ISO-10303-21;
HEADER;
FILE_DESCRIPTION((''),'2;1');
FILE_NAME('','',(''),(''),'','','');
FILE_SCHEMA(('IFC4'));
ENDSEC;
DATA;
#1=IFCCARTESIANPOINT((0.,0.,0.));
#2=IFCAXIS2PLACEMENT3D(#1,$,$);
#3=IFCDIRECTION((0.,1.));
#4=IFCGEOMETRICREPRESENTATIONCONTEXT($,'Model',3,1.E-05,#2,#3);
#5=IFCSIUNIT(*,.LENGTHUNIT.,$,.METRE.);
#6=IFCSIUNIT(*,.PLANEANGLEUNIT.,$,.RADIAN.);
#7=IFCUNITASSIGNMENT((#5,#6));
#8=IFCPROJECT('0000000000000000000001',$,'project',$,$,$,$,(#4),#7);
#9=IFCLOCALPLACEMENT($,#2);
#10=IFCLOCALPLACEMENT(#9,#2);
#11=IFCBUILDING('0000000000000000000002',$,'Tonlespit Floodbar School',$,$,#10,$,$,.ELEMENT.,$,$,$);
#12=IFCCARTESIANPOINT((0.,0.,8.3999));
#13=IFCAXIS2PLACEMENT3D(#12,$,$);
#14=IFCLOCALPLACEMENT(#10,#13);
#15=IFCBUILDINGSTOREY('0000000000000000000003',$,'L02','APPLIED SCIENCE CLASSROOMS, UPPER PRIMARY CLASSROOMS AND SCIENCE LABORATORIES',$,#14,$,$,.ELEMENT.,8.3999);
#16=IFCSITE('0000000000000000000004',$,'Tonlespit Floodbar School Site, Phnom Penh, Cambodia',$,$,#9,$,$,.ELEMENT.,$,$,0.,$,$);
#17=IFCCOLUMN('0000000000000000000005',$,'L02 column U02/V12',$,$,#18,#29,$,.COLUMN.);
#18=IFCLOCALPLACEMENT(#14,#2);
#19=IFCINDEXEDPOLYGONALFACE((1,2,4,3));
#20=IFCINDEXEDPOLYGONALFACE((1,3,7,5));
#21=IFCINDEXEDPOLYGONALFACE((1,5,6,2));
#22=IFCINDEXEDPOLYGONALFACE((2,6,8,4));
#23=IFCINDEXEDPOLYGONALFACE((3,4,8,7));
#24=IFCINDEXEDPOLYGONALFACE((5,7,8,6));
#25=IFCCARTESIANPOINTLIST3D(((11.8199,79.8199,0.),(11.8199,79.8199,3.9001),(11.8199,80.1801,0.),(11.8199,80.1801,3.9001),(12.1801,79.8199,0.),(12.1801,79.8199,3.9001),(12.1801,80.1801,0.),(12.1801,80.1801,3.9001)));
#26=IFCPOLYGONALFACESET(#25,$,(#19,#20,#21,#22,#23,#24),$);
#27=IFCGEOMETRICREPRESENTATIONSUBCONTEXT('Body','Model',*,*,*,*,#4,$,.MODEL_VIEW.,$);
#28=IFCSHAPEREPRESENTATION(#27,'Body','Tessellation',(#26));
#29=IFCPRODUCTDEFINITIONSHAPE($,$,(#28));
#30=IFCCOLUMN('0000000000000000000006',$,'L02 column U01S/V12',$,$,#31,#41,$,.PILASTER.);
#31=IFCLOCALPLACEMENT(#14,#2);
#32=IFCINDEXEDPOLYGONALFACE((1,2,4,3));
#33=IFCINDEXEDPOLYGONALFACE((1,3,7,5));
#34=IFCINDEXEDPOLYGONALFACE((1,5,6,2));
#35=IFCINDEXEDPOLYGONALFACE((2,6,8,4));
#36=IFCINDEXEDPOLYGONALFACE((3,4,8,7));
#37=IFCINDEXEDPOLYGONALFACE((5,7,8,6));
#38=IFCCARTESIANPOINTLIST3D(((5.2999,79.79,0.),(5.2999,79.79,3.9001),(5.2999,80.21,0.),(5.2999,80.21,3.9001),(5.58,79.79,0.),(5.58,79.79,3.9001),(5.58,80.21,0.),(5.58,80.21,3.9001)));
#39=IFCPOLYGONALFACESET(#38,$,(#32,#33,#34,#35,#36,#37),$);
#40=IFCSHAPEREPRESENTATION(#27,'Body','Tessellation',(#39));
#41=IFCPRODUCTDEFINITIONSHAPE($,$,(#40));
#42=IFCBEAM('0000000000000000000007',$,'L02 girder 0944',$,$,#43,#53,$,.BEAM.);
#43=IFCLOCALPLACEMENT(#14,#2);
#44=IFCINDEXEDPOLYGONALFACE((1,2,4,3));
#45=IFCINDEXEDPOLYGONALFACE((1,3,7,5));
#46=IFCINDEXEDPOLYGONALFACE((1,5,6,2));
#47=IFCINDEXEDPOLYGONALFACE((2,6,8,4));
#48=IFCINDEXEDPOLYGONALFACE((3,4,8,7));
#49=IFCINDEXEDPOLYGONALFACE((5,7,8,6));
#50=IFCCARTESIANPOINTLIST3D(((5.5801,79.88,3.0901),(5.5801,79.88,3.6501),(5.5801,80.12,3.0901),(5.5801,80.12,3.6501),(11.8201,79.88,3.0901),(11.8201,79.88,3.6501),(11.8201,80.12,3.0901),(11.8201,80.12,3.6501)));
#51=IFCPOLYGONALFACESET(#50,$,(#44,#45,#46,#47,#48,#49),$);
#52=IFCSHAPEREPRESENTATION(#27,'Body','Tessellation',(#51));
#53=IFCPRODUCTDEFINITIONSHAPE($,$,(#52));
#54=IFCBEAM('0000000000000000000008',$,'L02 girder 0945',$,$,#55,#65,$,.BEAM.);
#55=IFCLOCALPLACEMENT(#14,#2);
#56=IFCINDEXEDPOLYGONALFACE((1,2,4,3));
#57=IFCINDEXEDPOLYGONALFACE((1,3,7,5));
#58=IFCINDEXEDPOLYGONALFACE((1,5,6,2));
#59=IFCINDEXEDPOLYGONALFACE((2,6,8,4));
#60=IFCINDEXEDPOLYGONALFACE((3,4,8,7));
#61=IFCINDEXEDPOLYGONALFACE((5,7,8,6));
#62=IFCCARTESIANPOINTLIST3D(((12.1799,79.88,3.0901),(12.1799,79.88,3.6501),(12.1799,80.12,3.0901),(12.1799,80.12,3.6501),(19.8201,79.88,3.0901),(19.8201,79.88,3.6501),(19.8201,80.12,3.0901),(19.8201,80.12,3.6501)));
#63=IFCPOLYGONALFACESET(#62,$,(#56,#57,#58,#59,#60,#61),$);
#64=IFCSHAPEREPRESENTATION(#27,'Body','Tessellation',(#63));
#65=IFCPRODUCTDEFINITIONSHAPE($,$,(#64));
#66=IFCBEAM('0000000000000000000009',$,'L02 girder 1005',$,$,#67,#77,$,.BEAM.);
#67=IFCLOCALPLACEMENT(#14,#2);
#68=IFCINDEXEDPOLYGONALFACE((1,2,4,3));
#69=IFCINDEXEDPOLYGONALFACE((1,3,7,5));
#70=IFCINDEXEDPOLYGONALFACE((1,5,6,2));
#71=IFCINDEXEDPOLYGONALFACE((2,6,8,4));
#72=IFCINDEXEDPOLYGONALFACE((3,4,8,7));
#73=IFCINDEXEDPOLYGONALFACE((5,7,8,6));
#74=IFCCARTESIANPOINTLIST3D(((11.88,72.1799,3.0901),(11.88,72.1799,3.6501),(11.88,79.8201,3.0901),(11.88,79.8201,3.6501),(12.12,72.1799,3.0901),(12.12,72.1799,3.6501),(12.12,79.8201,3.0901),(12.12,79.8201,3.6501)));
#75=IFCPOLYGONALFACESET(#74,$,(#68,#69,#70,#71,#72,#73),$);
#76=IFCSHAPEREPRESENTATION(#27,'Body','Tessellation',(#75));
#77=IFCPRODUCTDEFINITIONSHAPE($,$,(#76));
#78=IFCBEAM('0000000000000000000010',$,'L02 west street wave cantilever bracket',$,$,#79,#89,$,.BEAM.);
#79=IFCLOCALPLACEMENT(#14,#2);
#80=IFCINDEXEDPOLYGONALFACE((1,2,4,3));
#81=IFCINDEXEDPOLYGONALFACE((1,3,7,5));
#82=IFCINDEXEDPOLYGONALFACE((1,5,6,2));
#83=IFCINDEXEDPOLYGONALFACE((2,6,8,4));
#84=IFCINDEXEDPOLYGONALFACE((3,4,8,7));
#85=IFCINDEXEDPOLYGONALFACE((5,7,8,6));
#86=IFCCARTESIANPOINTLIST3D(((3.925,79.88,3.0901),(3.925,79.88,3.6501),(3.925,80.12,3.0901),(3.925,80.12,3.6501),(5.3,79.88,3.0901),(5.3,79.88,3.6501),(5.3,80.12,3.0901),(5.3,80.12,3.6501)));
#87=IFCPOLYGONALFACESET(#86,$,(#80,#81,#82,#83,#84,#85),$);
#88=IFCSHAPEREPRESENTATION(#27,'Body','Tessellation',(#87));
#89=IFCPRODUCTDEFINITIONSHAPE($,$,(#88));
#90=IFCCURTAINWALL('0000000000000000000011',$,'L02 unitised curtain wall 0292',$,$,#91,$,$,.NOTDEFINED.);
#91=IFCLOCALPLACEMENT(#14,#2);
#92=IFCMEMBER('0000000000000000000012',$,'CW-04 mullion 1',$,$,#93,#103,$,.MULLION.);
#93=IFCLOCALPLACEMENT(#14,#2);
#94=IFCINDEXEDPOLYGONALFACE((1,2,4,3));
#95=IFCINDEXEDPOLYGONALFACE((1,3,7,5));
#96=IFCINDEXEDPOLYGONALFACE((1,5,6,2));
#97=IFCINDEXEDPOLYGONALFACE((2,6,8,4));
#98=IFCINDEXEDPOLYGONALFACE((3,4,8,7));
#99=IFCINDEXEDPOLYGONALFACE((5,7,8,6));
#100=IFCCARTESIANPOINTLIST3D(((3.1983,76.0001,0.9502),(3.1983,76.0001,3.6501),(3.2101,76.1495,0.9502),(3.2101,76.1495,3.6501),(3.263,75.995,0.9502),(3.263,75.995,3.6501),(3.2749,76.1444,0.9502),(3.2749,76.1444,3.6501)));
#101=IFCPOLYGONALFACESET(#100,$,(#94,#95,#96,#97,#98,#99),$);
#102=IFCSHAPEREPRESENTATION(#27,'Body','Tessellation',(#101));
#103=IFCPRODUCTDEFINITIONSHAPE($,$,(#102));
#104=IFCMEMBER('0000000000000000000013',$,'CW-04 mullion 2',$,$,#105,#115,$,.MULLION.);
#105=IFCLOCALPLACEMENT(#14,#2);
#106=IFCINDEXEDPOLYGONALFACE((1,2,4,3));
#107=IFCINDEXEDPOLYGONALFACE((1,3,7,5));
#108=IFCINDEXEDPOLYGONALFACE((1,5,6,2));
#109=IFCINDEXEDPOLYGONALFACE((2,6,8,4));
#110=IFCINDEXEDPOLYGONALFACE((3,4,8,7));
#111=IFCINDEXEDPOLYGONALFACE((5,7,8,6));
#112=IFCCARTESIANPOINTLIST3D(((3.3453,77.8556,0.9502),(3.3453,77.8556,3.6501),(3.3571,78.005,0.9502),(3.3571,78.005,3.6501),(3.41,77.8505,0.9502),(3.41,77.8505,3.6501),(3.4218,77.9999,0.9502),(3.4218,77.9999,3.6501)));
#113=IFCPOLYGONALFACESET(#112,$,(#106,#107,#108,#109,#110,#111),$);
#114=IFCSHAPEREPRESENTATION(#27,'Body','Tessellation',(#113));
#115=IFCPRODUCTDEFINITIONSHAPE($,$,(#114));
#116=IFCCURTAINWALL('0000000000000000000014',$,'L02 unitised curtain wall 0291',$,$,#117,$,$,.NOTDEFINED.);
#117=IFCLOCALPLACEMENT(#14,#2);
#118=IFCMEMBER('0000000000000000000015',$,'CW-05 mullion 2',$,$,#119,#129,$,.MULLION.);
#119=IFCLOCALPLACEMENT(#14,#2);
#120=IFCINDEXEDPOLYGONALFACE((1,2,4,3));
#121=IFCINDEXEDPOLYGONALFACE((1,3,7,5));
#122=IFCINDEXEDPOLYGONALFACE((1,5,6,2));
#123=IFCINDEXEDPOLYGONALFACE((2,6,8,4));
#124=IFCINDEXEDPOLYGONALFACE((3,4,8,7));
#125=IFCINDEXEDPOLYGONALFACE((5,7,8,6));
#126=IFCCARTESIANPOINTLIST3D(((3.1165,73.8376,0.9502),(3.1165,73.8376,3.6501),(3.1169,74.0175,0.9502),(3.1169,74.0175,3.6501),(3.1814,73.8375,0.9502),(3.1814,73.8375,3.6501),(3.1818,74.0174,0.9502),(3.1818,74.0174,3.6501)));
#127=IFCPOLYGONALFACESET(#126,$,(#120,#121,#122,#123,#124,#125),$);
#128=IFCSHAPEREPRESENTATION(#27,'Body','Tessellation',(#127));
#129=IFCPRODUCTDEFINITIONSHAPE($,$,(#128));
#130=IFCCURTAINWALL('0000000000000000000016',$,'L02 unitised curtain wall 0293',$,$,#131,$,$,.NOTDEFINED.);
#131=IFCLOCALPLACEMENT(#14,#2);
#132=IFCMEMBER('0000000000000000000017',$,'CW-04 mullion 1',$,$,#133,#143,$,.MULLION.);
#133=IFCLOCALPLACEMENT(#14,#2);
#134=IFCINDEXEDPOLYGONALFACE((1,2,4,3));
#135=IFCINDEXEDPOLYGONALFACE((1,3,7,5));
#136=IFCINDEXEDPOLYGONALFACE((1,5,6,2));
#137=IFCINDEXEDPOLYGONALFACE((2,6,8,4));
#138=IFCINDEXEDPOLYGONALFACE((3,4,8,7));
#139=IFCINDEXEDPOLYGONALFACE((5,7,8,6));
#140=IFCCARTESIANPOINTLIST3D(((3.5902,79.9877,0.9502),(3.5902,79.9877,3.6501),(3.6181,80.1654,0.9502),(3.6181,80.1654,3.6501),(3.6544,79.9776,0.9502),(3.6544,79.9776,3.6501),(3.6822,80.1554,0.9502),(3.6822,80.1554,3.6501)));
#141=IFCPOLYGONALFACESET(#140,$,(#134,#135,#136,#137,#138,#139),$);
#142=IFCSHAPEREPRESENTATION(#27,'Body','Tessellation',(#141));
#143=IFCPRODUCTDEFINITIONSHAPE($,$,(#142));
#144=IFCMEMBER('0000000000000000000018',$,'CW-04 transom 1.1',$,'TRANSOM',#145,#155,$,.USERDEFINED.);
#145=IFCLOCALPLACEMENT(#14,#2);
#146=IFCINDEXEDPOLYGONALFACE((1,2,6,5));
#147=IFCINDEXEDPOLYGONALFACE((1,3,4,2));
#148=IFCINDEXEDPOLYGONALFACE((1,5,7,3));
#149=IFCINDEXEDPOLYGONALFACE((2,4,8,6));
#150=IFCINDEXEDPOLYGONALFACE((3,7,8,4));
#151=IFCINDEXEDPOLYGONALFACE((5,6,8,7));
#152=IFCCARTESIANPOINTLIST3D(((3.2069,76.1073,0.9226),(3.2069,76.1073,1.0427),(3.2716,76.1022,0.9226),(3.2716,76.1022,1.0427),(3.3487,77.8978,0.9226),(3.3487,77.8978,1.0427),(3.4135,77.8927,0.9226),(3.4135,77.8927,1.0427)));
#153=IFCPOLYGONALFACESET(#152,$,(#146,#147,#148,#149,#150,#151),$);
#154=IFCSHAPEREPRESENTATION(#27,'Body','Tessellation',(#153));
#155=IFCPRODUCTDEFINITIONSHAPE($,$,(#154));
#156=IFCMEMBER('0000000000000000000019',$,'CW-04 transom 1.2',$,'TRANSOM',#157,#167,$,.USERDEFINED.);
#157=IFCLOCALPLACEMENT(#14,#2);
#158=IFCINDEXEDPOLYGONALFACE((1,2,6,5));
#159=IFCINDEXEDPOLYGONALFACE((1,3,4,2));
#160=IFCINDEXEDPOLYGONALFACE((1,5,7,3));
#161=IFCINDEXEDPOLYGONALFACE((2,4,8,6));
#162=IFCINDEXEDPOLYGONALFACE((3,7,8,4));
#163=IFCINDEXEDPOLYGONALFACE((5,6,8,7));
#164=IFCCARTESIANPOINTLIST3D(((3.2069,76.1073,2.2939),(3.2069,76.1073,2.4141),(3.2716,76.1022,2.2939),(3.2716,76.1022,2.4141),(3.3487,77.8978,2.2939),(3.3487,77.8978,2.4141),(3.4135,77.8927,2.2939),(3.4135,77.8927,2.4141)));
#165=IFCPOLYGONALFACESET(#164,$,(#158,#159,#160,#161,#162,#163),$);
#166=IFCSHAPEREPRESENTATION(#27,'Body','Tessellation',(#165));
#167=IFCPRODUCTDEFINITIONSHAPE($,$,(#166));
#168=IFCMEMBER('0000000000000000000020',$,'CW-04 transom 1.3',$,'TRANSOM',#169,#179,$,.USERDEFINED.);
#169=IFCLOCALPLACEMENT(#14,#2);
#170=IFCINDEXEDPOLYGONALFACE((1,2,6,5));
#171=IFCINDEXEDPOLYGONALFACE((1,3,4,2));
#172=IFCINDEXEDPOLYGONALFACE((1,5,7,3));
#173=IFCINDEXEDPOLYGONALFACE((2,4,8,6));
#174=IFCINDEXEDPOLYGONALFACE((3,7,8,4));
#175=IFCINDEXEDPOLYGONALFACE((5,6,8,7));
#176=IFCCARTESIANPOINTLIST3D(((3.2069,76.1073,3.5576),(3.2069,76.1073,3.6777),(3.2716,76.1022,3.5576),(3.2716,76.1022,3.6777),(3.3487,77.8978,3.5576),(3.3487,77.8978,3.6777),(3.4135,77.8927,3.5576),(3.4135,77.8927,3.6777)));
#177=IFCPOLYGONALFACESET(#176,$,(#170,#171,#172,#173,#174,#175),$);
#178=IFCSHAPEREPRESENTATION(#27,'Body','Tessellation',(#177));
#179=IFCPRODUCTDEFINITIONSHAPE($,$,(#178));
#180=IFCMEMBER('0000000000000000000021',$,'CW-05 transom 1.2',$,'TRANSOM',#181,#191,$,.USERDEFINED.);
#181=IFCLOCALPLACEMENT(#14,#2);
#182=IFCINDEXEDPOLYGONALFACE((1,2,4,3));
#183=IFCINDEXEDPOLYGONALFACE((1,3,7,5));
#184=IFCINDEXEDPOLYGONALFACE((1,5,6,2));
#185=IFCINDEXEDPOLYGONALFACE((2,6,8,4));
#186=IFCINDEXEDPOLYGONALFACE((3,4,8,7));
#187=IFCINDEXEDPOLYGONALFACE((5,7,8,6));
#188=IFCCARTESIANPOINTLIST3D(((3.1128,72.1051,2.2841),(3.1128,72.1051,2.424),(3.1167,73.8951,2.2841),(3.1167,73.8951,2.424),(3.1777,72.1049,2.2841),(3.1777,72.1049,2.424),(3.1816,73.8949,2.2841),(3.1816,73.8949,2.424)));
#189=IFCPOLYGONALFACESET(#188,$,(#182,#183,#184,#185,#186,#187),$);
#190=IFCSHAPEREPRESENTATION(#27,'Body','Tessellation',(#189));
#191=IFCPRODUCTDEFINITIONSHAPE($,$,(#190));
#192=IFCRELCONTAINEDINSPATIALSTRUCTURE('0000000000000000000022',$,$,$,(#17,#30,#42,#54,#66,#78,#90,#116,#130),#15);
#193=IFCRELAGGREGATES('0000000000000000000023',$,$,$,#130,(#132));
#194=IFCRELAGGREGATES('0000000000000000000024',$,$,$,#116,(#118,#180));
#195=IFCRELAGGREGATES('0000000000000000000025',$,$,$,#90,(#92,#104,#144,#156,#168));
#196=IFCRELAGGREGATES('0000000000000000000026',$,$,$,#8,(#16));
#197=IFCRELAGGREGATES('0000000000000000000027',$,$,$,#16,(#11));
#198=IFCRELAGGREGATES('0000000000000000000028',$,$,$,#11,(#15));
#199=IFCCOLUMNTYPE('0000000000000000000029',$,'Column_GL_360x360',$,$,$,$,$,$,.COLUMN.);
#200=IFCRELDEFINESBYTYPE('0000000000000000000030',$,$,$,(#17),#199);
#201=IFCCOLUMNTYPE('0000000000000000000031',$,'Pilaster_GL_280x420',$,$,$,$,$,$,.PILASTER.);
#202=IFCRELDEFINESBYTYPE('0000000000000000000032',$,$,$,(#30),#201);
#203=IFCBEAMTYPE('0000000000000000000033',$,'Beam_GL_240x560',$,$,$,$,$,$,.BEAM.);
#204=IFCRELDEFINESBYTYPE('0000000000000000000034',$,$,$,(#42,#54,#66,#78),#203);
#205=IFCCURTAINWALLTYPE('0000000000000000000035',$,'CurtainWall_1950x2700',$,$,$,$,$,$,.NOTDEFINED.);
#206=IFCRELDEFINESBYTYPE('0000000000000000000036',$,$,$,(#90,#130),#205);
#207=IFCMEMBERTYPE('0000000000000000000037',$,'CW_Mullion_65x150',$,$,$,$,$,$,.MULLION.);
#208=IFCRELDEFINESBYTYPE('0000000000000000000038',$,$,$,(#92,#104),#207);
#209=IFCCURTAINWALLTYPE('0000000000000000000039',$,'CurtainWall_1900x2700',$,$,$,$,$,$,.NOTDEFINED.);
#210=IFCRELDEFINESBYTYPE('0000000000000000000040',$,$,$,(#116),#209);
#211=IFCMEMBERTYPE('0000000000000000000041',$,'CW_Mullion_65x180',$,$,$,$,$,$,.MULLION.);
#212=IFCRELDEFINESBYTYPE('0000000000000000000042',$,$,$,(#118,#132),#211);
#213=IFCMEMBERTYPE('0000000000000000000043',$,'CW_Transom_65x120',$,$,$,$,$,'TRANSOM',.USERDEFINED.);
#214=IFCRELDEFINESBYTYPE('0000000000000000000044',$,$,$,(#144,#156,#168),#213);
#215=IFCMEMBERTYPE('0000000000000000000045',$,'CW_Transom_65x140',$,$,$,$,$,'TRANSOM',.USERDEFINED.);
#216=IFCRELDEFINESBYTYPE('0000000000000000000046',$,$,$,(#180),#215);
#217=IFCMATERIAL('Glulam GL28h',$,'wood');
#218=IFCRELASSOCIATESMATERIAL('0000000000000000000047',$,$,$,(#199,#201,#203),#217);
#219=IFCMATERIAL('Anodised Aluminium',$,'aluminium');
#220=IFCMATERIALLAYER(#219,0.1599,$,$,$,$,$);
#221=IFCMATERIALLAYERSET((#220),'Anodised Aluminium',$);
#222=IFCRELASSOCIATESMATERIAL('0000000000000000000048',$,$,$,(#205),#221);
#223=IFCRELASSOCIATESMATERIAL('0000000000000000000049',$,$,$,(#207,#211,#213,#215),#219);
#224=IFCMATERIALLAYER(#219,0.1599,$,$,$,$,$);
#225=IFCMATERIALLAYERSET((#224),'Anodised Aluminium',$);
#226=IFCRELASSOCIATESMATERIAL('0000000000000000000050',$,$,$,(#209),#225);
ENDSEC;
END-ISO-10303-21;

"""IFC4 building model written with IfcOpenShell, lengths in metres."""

from ifc_helpers import new_model, si_unit, direction, frame, origin, origin_2d, place, context, subcontext, project, spatial, rectangle, extrude, material, layer, layer_set, material_profile, profile_set, type_object, element, aggregate, save


model = new_model("IFC4")

# Units and contexts
model_context = context("Model", 3, precision=1e-05, world=origin(), true_north=direction((0.0, 1.0)))
body_context = subcontext(model_context, "Body", "Model", "MODEL_VIEW")
ifc_project = project(units=[si_unit("LENGTHUNIT", "METRE"), si_unit("PLANEANGLEUNIT", "RADIAN")], contexts=[model_context])

# Site, building, storey
site_placement = place(None, origin())
site = spatial("IfcSite", under=ifc_project, at=site_placement, Name="Tonlespit Floodbar School Site, Phnom Penh, Cambodia", CompositionType="ELEMENT", RefElevation=0.0)
building_placement = place(site_placement, origin())
building = spatial("IfcBuilding", under=site, at=building_placement, Name="Tonlespit Floodbar School", CompositionType="ELEMENT")
storey_placement = place(building_placement, frame((0.0, 0.0, 8.3999)))
storey = spatial("IfcBuildingStorey", under=building, at=storey_placement, Name="L02", Description="APPLIED SCIENCE CLASSROOMS, UPPER PRIMARY CLASSROOMS AND SCIENCE LABORATORIES", CompositionType="ELEMENT", Elevation=8.3999)

# Columns
ifc_material_1 = material(Name="Glulam GL28h", Category="wood")
ifc_material_profile_1 = material_profile(ifc_material_1, rectangle(XDim=0.3601, YDim=0.3601, at=origin_2d()), Name="GL 360x360")
ifc_profile_set_1 = profile_set([ifc_material_profile_1], Name="Glulam GL28h")
column_type_1 = type_object("IfcColumnType", Name="Column_GL_360x360", PredefinedType="COLUMN", material=ifc_profile_set_1)
column_1_placement = place(storey_placement, frame((12.0, 80.0, 0.0), z_axis=(0.0, 0.0, 1.0), x_axis=(1.0, 0.0, 0.0)))
element("IfcColumn", 1, at=column_1_placement, inside=storey, type_object=column_type_1, Name="L02 column U02/V12", PredefinedType="COLUMN", context=body_context, shape_type="SweptSolid", body=[
    extrude(rectangle(XDim=0.3601, YDim=0.3601, at=origin_2d()), origin(), (0.0, 0.0, 1.0), 3.9001),
])
ifc_material_profile_2 = material_profile(ifc_material_1, rectangle(XDim=0.28, YDim=0.4199, at=origin_2d()), Name="GL 280x420")
ifc_profile_set_2 = profile_set([ifc_material_profile_2], Name="Glulam GL28h")
column_type_2 = type_object("IfcColumnType", Name="Pilaster_GL_280x420", PredefinedType="PILASTER", material=ifc_profile_set_2)
column_2_placement = place(storey_placement, frame((5.4399, 80.0, 0.0), z_axis=(0.0, 0.0, 1.0), x_axis=(1.0, 0.0, 0.0)))
element("IfcColumn", 2, at=column_2_placement, inside=storey, type_object=column_type_2, Name="L02 column U01S/V12", PredefinedType="PILASTER", context=body_context, shape_type="SweptSolid", body=[
    extrude(rectangle(XDim=0.28, YDim=0.4199, at=origin_2d()), origin(), (0.0, 0.0, 1.0), 3.9001),
])

# Beams
ifc_material_profile_3 = material_profile(ifc_material_1, rectangle(XDim=0.24, YDim=0.5601, at=origin_2d()), Name="GL 240x560")
ifc_profile_set_3 = profile_set([ifc_material_profile_3], Name="Glulam GL28h")
beam_type_1 = type_object("IfcBeamType", Name="Beam_GL_240x560", PredefinedType="BEAM", material=ifc_profile_set_3)
beam_1_placement = place(storey_placement, frame((5.5801, 80.0, 3.3701), z_axis=(1.0, 0.0, 0.0), x_axis=(0.0, 1.0, 0.0)))
element("IfcBeam", 3, at=beam_1_placement, inside=storey, type_object=beam_type_1, Name="L02 girder 0944", PredefinedType="BEAM", context=body_context, shape_type="SweptSolid", body=[
    extrude(rectangle(XDim=0.24, YDim=0.5601, at=origin_2d()), origin(), (0.0, 0.0, 1.0), 6.24),
])
for number, where, z_axis, x_axis, name in (
    (4, (12.1799, 80.0, 3.3701), (1.0, 0.0, 0.0), (0.0, 1.0, 0.0), "L02 girder 0945"),
    (5, (12.0, 72.1799, 3.3701), (0.0, 1.0, 0.0), (-1.0, 0.0, 0.0), "L02 girder 1005"),
):
    element("IfcBeam", number, at=place(storey_placement, frame(where, z_axis=z_axis, x_axis=x_axis)), inside=storey, type_object=beam_type_1, Name=name, PredefinedType="BEAM", context=body_context, shape_type="SweptSolid", body=[
        extrude(rectangle(XDim=0.24, YDim=0.5601, at=origin_2d()), origin(), (0.0, 0.0, 1.0), 7.6401),
    ])
beam_2_placement = place(storey_placement, frame((5.3, 80.0, 3.3701), z_axis=(-1.0, 0.0, 0.0), x_axis=(0.0, -1.0, 0.0)))
element("IfcBeam", 6, at=beam_2_placement, inside=storey, type_object=beam_type_1, Name="L02 west street wave cantilever bracket", PredefinedType="BEAM", context=body_context, shape_type="SweptSolid", body=[
    extrude(rectangle(XDim=0.24, YDim=0.5601, at=origin_2d()), origin(), (0.0, 0.0, 1.0), 1.375),
])

# Curtain wall, members
ifc_material_2 = material(Name="Anodised Aluminium", Category="aluminium")
ifc_layer_1 = layer(ifc_material_2, 0.1599)
ifc_layer_set_1 = layer_set([ifc_layer_1], Name="Anodised Aluminium")
curtain_wall_type_1 = type_object("IfcCurtainWallType", Name="CurtainWall_1950x2700", PredefinedType="NOTDEFINED", material=ifc_layer_set_1)
curtain_wall_1_placement = place(storey_placement, origin())
curtain_wall_1 = element("IfcCurtainWall", 7, at=curtain_wall_1_placement, inside=storey, type_object=curtain_wall_type_1, Name="L02 unitised curtain wall 0292", PredefinedType="NOTDEFINED")
ifc_material_profile_4 = material_profile(ifc_material_2, rectangle(XDim=0.0649, YDim=0.1499, at=origin_2d()), Name="ALU M65x150")
ifc_profile_set_4 = profile_set([ifc_material_profile_4], Name="Anodised Aluminium")
member_type_1 = type_object("IfcMemberType", Name="CW_Mullion_65x150", PredefinedType="MULLION", material=ifc_profile_set_4)
member_1_placement = place(storey_placement, frame((3.2366, 76.0723, 0.9502), z_axis=(0.0, 0.0, 1.0), x_axis=(-0.996878, 0.078963, 0.0)))
member_1 = element("IfcMember", 8, at=member_1_placement, type_object=member_type_1, Name="CW-04 mullion 1", PredefinedType="MULLION", context=body_context, shape_type="SweptSolid", body=[
    extrude(rectangle(XDim=0.0649, YDim=0.1499, at=origin_2d()), origin(), (0.0, 0.0, 1.0), 2.7),
])
member_2_placement = place(storey_placement, frame((3.3835, 77.9277, 0.9502), z_axis=(0.0, 0.0, 1.0), x_axis=(-0.996878, 0.078963, 0.0)))
member_2 = element("IfcMember", 9, at=member_2_placement, type_object=member_type_1, Name="CW-04 mullion 2", PredefinedType="MULLION", context=body_context, shape_type="SweptSolid", body=[
    extrude(rectangle(XDim=0.0649, YDim=0.1499, at=origin_2d()), origin(), (0.0, 0.0, 1.0), 2.7),
])

# Curtain walls, members
ifc_layer_2 = layer(ifc_material_2, 0.1599)
ifc_layer_set_2 = layer_set([ifc_layer_2], Name="Anodised Aluminium")
curtain_wall_type_2 = type_object("IfcCurtainWallType", Name="CurtainWall_1900x2700", PredefinedType="NOTDEFINED", material=ifc_layer_set_2)
curtain_wall_2_placement = place(storey_placement, origin())
curtain_wall_2 = element("IfcCurtainWall", 10, at=curtain_wall_2_placement, inside=storey, type_object=curtain_wall_type_2, Name="L02 unitised curtain wall 0291", PredefinedType="NOTDEFINED")
ifc_material_profile_5 = material_profile(ifc_material_2, rectangle(XDim=0.0649, YDim=0.1799, at=origin_2d()), Name="ALU M65x180")
ifc_profile_set_5 = profile_set([ifc_material_profile_5], Name="Anodised Aluminium")
member_type_2 = type_object("IfcMemberType", Name="CW_Mullion_65x180", PredefinedType="MULLION", material=ifc_profile_set_5)
member_3_placement = place(storey_placement, frame((3.1492, 73.9275, 0.9502), z_axis=(0.0, 0.0, 1.0), x_axis=(-0.999998, 0.002187, 0.0)))
member_3 = element("IfcMember", 11, at=member_3_placement, type_object=member_type_2, Name="CW-05 mullion 2", PredefinedType="MULLION", context=body_context, shape_type="SweptSolid", body=[
    extrude(rectangle(XDim=0.0649, YDim=0.1799, at=origin_2d()), origin(), (0.0, 0.0, 1.0), 2.7),
])
curtain_wall_3_placement = place(storey_placement, origin())
curtain_wall_3 = element("IfcCurtainWall", 12, at=curtain_wall_3_placement, inside=storey, type_object=curtain_wall_type_1, Name="L02 unitised curtain wall 0293", PredefinedType="NOTDEFINED")
member_4_placement = place(storey_placement, frame((3.6362, 80.0715, 0.9502), z_axis=(0.0, 0.0, 1.0), x_axis=(-0.987961, 0.1547, 0.0)))
member_4 = element("IfcMember", 13, at=member_4_placement, type_object=member_type_2, Name="CW-04 mullion 1", PredefinedType="MULLION", context=body_context, shape_type="SweptSolid", body=[
    extrude(rectangle(XDim=0.0649, YDim=0.1799, at=origin_2d()), origin(), (0.0, 0.0, 1.0), 2.7),
])

# Members
ifc_material_profile_6 = material_profile(ifc_material_2, rectangle(XDim=0.0649, YDim=0.1201, at=origin_2d()), Name="ALU T65x120")
ifc_profile_set_6 = profile_set([ifc_material_profile_6], Name="Anodised Aluminium")
member_type_3 = type_object("IfcMemberType", Name="CW_Transom_65x120", ElementType="TRANSOM", PredefinedType="USERDEFINED", material=ifc_profile_set_6)
member_5_placement = place(storey_placement, frame((3.2393, 76.1047, 0.9827), z_axis=(0.078973, 0.996877, 0.0), x_axis=(-0.996877, 0.078973, 0.0)))
member_5 = element("IfcMember", 14, at=member_5_placement, type_object=member_type_3, Name="CW-04 transom 1.1", ObjectType="TRANSOM", PredefinedType="USERDEFINED", context=body_context, shape_type="SweptSolid", body=[
    extrude(rectangle(XDim=0.0649, YDim=0.1201, at=origin_2d()), origin(), (0.0, 0.0, 1.0), 1.7961),
])
member_6_placement = place(storey_placement, frame((3.2393, 76.1047, 2.354), z_axis=(0.078973, 0.996877, 0.0), x_axis=(-0.996877, 0.078973, 0.0)))
member_6 = element("IfcMember", 15, at=member_6_placement, type_object=member_type_3, Name="CW-04 transom 1.2", ObjectType="TRANSOM", PredefinedType="USERDEFINED", context=body_context, shape_type="SweptSolid", body=[
    extrude(rectangle(XDim=0.0649, YDim=0.1201, at=origin_2d()), origin(), (0.0, 0.0, 1.0), 1.7961),
])
member_7_placement = place(storey_placement, frame((3.2393, 76.1047, 3.6177), z_axis=(0.078973, 0.996877, 0.0), x_axis=(-0.996877, 0.078973, 0.0)))
member_7 = element("IfcMember", 16, at=member_7_placement, type_object=member_type_3, Name="CW-04 transom 1.3", ObjectType="TRANSOM", PredefinedType="USERDEFINED", context=body_context, shape_type="SweptSolid", body=[
    extrude(rectangle(XDim=0.0649, YDim=0.1201, at=origin_2d()), origin(), (0.0, 0.0, 1.0), 1.7961),
])
ifc_material_profile_7 = material_profile(ifc_material_2, rectangle(XDim=0.0649, YDim=0.1399, at=origin_2d()), Name="ALU T65x140")
ifc_profile_set_7 = profile_set([ifc_material_profile_7], Name="Anodised Aluminium")
member_type_4 = type_object("IfcMemberType", Name="CW_Transom_65x140", ElementType="TRANSOM", PredefinedType="USERDEFINED", material=ifc_profile_set_7)
member_8_placement = place(storey_placement, frame((3.1453, 72.105, 2.354), z_axis=(0.002182, 0.999998, 0.0), x_axis=(-0.999998, 0.002182, 0.0)))
member_8 = element("IfcMember", 17, at=member_8_placement, type_object=member_type_4, Name="CW-05 transom 1.2", ObjectType="TRANSOM", PredefinedType="USERDEFINED", context=body_context, shape_type="SweptSolid", body=[
    extrude(rectangle(XDim=0.0649, YDim=0.1399, at=origin_2d()), origin(), (0.0, 0.0, 1.0), 1.79),
])
aggregate(curtain_wall_3, [member_4])

aggregate(curtain_wall_2, [member_3, member_8])
aggregate(curtain_wall_1, [member_1, member_2, member_5, member_6, member_7])

save(model, "model.ifc")
